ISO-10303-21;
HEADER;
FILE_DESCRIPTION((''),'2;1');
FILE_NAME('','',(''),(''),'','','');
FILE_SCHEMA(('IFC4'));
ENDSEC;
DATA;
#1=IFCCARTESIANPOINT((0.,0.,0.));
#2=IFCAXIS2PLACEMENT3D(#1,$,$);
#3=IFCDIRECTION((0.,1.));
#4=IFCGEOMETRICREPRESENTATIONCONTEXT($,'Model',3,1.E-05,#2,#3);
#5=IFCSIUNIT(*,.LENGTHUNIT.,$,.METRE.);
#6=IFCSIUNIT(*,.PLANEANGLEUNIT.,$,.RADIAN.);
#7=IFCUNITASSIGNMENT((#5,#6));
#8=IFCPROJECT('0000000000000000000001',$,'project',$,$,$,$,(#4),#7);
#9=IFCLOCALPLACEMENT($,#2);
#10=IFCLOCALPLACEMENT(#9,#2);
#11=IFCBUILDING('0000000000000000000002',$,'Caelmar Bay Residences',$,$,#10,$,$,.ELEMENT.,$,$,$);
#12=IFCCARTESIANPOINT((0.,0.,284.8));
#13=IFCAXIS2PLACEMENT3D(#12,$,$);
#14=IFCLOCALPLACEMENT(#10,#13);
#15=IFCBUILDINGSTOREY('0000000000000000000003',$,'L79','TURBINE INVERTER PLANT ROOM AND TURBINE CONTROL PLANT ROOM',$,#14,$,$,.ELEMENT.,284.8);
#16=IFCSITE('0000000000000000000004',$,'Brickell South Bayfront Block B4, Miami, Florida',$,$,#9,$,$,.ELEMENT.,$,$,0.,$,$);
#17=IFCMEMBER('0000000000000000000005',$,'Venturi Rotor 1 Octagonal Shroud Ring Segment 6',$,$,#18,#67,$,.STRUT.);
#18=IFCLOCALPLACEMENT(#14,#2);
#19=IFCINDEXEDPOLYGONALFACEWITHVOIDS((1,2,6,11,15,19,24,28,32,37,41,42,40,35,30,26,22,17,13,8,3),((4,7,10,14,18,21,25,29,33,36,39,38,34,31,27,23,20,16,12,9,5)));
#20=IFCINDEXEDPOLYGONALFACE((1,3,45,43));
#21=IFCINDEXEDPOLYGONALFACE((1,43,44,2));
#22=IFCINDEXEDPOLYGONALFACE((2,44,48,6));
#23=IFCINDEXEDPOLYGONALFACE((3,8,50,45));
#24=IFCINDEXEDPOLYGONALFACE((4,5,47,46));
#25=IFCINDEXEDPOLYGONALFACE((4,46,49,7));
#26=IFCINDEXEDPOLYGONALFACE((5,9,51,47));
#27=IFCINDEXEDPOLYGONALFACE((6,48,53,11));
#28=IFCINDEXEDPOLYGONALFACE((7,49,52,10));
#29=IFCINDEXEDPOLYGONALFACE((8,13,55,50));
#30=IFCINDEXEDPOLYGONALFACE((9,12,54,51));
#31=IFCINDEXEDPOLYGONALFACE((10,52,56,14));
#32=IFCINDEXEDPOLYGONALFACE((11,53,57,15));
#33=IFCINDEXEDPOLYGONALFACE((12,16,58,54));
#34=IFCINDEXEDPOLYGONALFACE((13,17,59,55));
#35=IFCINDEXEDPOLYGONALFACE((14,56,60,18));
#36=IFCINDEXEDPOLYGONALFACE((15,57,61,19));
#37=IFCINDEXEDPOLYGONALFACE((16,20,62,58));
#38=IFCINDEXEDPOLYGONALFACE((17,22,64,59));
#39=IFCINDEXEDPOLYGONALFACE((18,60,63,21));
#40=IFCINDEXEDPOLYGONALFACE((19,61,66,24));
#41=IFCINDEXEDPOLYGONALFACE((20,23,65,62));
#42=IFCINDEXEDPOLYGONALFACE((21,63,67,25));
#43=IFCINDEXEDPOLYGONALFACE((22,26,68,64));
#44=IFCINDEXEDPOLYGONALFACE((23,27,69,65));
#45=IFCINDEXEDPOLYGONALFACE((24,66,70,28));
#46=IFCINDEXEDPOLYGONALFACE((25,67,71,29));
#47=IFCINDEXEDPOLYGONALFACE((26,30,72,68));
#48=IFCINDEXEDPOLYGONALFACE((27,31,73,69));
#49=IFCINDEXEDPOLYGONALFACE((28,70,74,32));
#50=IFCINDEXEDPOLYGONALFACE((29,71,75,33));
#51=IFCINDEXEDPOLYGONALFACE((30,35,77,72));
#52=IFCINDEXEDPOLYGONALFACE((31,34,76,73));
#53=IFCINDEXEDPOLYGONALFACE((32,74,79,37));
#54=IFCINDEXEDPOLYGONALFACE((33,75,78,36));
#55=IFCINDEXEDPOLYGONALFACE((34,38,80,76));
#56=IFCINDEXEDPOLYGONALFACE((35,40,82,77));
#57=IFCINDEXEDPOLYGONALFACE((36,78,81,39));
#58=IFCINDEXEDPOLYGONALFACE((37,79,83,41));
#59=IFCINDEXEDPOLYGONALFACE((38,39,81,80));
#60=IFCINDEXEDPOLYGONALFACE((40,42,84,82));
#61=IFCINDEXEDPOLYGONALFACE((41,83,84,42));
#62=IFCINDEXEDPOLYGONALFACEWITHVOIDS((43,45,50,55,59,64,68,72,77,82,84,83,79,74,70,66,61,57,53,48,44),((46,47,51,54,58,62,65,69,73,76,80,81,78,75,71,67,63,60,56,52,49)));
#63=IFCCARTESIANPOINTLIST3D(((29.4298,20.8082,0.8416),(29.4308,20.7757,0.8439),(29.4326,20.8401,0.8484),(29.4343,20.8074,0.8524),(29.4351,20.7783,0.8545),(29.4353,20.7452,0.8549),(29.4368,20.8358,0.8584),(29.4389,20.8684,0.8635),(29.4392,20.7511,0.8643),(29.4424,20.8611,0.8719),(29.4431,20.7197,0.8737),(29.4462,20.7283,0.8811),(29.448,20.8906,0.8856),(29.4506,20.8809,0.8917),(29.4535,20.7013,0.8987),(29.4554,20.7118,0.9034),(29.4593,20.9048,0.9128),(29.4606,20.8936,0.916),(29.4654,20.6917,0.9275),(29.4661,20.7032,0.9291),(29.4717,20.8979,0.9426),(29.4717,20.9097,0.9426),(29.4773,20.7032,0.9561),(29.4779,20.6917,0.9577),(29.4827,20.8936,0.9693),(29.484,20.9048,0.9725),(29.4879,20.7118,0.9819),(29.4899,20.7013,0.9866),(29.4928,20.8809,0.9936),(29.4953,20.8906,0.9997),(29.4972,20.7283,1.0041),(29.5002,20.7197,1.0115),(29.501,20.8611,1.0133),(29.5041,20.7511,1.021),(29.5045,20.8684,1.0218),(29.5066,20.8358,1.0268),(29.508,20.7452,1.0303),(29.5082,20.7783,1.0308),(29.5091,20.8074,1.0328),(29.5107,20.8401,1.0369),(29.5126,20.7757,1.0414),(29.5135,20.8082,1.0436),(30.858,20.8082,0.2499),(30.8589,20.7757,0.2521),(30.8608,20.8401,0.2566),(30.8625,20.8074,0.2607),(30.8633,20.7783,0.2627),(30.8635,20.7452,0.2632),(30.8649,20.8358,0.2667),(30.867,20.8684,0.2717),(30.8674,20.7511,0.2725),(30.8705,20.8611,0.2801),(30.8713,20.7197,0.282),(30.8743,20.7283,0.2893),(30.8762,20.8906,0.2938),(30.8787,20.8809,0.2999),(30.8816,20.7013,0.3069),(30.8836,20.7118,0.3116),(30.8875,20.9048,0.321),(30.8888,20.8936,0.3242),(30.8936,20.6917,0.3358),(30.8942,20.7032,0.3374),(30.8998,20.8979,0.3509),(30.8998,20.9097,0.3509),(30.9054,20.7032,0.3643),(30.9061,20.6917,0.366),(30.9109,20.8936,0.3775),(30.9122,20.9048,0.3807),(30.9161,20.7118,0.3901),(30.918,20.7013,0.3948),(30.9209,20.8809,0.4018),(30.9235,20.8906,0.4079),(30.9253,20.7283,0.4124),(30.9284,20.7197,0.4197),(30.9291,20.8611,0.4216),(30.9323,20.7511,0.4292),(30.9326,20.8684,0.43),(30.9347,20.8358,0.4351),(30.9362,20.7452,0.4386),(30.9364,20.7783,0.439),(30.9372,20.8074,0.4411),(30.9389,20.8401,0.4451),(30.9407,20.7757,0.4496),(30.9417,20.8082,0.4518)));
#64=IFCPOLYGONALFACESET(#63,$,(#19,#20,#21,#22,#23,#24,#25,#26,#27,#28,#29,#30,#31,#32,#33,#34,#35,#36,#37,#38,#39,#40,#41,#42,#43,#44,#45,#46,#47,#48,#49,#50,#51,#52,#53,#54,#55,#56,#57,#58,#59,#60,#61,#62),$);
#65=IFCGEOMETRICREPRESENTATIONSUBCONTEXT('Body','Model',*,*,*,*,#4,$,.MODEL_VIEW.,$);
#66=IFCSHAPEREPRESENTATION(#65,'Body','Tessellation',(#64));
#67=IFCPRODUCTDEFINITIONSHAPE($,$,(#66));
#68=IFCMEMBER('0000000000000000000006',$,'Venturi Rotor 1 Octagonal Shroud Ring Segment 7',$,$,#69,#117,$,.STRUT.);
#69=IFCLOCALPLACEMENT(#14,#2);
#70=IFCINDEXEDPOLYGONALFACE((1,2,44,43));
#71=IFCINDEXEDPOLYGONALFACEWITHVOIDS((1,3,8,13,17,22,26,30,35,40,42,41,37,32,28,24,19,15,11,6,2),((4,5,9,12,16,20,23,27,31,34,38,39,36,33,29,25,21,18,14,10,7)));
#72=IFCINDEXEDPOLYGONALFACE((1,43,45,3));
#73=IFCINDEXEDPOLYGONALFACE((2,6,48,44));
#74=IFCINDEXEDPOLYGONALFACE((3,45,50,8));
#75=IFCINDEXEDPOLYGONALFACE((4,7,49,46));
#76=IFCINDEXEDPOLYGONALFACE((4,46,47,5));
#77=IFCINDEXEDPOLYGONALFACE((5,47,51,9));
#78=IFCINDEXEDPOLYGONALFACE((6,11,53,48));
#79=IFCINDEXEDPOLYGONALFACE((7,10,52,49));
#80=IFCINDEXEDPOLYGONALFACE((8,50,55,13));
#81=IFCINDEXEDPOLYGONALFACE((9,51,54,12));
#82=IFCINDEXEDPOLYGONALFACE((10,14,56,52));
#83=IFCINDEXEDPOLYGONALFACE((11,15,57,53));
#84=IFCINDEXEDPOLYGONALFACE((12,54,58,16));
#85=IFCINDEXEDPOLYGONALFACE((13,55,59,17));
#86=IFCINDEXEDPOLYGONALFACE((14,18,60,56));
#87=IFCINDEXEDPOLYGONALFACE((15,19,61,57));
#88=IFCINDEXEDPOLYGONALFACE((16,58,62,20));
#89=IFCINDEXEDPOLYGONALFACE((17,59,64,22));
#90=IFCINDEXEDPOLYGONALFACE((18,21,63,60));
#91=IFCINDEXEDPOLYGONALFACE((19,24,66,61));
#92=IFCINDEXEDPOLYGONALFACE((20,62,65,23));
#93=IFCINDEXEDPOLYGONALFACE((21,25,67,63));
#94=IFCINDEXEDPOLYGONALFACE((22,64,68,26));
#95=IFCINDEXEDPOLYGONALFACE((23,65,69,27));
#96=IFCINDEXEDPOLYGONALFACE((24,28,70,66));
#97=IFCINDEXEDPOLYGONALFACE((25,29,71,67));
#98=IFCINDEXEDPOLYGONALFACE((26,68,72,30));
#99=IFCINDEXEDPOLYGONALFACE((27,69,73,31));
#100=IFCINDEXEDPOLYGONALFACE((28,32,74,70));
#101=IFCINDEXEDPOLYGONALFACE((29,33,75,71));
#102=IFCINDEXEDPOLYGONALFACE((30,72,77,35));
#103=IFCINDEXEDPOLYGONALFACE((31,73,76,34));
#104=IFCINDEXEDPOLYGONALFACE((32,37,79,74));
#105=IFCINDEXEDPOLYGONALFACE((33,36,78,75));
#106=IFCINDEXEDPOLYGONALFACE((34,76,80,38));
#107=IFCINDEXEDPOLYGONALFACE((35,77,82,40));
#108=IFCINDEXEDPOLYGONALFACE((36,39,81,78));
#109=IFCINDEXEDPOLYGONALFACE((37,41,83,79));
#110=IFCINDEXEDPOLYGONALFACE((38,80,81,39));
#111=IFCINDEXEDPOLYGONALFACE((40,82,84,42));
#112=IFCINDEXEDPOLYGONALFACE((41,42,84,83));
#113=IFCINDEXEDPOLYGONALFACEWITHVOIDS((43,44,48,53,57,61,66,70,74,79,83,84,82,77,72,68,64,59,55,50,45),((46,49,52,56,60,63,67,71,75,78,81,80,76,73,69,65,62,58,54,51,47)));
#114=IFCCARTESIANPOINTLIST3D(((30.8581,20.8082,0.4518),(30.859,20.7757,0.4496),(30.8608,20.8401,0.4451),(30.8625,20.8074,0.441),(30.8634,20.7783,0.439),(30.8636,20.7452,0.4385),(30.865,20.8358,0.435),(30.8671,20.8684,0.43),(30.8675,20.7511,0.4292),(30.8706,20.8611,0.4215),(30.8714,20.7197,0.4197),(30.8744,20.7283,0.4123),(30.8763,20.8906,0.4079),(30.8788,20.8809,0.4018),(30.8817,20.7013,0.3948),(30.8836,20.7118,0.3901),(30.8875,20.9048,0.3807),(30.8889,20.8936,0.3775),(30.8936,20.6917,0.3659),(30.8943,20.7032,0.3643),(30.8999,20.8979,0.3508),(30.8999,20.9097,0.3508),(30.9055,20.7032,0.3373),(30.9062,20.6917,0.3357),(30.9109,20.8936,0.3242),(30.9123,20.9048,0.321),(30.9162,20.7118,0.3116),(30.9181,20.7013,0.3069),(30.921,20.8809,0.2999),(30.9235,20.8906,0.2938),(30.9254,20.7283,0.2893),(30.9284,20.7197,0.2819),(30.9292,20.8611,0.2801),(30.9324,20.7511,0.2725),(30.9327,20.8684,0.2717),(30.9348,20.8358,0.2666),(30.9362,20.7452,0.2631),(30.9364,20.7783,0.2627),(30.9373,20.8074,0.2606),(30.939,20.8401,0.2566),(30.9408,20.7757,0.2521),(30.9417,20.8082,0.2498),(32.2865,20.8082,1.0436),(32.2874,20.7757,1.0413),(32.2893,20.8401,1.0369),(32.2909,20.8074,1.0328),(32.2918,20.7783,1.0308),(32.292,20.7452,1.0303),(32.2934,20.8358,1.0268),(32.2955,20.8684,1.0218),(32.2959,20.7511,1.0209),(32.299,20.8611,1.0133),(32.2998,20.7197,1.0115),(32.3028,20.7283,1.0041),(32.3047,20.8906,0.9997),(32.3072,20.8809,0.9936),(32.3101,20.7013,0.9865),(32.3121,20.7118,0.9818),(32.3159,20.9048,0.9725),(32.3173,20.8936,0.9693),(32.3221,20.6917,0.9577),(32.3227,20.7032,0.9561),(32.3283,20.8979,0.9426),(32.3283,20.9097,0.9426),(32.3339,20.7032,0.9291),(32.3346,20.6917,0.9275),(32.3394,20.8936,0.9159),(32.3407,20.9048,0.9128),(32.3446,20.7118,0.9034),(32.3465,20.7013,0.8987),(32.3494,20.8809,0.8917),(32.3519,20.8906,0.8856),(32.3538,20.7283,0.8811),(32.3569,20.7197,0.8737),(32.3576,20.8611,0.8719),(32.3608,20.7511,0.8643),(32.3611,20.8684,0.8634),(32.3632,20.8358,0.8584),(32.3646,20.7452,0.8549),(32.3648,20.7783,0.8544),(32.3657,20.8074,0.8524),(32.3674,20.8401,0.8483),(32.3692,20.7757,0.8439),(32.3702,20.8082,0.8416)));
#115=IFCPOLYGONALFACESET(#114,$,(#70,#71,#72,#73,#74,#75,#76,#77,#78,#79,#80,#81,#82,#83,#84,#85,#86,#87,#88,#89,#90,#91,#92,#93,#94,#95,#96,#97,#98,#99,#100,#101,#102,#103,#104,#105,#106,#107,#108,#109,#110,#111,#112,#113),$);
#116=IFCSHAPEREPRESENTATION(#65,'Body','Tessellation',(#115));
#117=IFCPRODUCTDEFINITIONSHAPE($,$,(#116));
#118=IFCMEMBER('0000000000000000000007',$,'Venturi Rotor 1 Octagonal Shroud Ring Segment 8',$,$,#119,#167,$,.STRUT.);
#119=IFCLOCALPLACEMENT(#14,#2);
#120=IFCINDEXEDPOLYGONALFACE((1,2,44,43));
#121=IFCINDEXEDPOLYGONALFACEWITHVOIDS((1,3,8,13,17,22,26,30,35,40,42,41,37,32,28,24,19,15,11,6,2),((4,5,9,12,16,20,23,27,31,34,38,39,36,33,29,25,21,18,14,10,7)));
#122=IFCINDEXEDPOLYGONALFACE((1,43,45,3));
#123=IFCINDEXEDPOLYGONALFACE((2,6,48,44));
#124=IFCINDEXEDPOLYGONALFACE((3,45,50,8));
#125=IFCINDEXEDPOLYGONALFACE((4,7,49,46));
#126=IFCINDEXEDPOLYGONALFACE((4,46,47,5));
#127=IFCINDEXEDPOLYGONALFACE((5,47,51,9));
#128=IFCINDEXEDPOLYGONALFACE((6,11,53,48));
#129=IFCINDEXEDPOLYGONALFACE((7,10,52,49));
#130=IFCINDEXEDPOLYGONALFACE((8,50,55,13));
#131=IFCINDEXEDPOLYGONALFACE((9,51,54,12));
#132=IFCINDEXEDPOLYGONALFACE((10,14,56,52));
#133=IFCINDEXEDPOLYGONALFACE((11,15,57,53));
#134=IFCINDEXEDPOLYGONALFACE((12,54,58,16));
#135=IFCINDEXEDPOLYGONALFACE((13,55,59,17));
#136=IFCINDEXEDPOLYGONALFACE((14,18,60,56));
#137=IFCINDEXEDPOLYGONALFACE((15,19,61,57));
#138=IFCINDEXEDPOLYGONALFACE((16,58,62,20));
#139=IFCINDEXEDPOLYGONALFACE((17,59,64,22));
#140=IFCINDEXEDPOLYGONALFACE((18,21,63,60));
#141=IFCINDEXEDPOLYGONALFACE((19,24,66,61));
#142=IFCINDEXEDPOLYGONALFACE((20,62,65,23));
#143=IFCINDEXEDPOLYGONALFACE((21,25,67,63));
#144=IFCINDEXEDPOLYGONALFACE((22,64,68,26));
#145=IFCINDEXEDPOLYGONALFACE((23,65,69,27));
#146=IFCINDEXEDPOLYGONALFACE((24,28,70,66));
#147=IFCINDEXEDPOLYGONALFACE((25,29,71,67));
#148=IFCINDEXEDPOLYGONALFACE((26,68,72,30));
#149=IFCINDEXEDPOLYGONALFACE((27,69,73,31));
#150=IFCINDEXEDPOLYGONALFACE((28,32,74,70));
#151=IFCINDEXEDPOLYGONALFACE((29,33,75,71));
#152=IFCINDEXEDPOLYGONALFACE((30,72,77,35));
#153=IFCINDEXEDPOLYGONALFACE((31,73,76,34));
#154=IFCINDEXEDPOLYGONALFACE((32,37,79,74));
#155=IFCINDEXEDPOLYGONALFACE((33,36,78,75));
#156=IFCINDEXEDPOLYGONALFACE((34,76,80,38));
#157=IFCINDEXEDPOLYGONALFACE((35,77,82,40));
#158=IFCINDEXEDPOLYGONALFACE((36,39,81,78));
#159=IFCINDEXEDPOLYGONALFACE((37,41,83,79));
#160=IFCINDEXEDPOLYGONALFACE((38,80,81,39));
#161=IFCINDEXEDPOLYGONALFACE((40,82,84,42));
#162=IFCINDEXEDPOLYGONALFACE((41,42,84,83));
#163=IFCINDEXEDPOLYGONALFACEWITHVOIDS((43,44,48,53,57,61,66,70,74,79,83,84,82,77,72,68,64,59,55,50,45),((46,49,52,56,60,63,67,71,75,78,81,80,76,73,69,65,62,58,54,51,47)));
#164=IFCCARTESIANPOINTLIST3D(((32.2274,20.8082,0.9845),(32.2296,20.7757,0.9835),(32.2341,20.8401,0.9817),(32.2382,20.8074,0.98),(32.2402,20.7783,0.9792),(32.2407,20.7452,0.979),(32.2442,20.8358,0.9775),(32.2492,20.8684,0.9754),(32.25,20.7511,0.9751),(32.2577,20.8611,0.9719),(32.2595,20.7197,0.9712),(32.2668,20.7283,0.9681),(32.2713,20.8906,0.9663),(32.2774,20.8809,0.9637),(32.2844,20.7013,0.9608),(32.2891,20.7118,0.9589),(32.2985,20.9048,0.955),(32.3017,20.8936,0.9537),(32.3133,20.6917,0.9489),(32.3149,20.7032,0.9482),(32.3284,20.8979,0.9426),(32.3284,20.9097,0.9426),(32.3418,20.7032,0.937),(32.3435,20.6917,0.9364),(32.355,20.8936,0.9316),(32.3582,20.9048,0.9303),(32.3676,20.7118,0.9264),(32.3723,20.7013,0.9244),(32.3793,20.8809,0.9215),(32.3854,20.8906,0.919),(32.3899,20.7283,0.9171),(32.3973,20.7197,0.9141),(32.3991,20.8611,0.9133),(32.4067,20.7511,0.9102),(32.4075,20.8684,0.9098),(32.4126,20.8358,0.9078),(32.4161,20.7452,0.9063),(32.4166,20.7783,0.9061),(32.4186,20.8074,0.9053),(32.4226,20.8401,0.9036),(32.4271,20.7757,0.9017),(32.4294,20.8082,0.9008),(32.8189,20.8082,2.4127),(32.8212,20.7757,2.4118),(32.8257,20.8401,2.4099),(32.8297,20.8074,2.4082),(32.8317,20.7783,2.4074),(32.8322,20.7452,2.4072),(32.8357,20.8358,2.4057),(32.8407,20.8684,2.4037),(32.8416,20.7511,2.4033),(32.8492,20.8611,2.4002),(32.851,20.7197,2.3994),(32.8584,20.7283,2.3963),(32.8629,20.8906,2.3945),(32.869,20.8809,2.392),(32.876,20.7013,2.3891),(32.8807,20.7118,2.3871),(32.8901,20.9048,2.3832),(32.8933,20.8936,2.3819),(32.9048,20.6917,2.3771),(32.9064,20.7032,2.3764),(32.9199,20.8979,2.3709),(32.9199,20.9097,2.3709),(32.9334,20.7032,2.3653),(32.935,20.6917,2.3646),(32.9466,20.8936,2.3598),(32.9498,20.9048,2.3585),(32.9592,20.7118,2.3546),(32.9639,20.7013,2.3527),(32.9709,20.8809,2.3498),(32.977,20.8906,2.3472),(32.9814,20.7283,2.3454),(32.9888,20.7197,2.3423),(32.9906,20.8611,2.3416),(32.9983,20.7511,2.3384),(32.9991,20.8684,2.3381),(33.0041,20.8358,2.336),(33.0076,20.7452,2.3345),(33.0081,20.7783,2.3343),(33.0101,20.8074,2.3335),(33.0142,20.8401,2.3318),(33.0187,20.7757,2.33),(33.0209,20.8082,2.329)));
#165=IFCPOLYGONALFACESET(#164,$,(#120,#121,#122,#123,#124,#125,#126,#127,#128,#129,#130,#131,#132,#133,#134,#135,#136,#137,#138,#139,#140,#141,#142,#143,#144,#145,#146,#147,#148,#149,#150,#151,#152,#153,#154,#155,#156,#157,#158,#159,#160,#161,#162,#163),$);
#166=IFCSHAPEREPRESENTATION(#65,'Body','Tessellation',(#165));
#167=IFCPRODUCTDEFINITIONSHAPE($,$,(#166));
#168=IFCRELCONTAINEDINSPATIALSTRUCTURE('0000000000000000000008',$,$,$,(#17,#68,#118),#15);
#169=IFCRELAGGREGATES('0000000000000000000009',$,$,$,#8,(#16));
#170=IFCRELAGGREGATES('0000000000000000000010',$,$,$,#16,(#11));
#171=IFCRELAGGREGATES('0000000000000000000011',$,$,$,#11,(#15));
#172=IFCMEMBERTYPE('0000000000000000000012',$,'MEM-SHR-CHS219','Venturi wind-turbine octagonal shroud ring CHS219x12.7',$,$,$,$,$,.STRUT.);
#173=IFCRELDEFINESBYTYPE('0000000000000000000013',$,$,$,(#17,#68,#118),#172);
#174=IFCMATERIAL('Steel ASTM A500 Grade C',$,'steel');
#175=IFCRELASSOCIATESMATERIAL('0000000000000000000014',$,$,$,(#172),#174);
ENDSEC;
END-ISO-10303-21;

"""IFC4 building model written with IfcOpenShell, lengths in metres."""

from ifc_helpers import new_model, si_unit, direction, frame, origin, origin_2d, place, context, subcontext, project, spatial, hollow_circle, extrude, material, material_profile, profile_set, type_object, element, save


model = new_model("IFC4")

# Units and contexts
model_context = context("Model", 3, precision=1e-05, world=origin(), true_north=direction((0.0, 1.0)))
body_context = subcontext(model_context, "Body", "Model", "MODEL_VIEW")
ifc_project = project(units=[si_unit("LENGTHUNIT", "METRE"), si_unit("PLANEANGLEUNIT", "RADIAN")], contexts=[model_context])

# Site, building, storey
site_placement = place(None, origin())
site = spatial("IfcSite", under=ifc_project, at=site_placement, Name="Brickell South Bayfront Block B4, Miami, Florida", CompositionType="ELEMENT", RefElevation=0.0)
building_placement = place(site_placement, origin())
building = spatial("IfcBuilding", under=site, at=building_placement, Name="Caelmar Bay Residences", CompositionType="ELEMENT")
storey_placement = place(building_placement, frame((0.0, 0.0, 284.8)))
storey = spatial("IfcBuildingStorey", under=building, at=storey_placement, Name="L79", Description="TURBINE INVERTER PLANT ROOM AND TURBINE CONTROL PLANT ROOM", CompositionType="ELEMENT", Elevation=284.8)

# Members
ifc_material_1 = material(Name="Steel ASTM A500 Grade C", Category="steel")
ifc_material_profile_1 = material_profile(ifc_material_1, hollow_circle(Radius=0.1096, WallThickness=0.0117, at=origin_2d()), Name="CHS219X12.7")
ifc_profile_set_1 = profile_set([ifc_material_profile_1], Name="Steel ASTM A500 Grade C")
member_type_1 = type_object("IfcMemberType", Name="MEM-SHR-CHS219", Description="Venturi wind-turbine octagonal shroud ring CHS219x12.7", PredefinedType="STRUT", material=ifc_profile_set_1)
for number, where, z_axis, x_axis, name in (
    (1, (29.4717, 20.8, 0.9426), (0.923832, 0.0, -0.382798), (0.0, 1.0, 0.0), "Venturi Rotor 1 Octagonal Shroud Ring Segment 6"),
):
    element("IfcMember", number, at=place(storey_placement, frame(where, z_axis=z_axis, x_axis=x_axis)), inside=storey, type_object=member_type_1, Name=name, PredefinedType="STRUT", context=body_context, shape_type="SweptSolid", body=[
        extrude(hollow_circle(Radius=0.1096, WallThickness=0.0117, at=origin_2d()), origin(), (0.0, 0.0, 1.0), 1.5459),
    ])
member_1_placement = place(storey_placement, frame((30.8999, 20.8, 0.3508), z_axis=(0.923855, 0.0, 0.382742), x_axis=(0.0, 1.0, 0.0)))
element("IfcMember", 2, at=member_1_placement, inside=storey, type_object=member_type_1, Name="Venturi Rotor 1 Octagonal Shroud Ring Segment 7", PredefinedType="STRUT", context=body_context, shape_type="SweptSolid", body=[
    extrude(hollow_circle(Radius=0.1096, WallThickness=0.0117, at=origin_2d()), origin(), (0.0, 0.0, 1.0), 1.5461),
])
member_2_placement = place(storey_placement, frame((32.3284, 20.8, 0.9426), z_axis=(0.382663, 0.0, 0.923888), x_axis=(0.0, 1.0, 0.0)))
element("IfcMember", 3, at=member_2_placement, inside=storey, type_object=member_type_1, Name="Venturi Rotor 1 Octagonal Shroud Ring Segment 8", PredefinedType="STRUT", context=body_context, shape_type="SweptSolid", body=[
    extrude(hollow_circle(Radius=0.1096, WallThickness=0.0117, at=origin_2d()), origin(), (0.0, 0.0, 1.0), 1.5459),
])

save(model, "model.ifc")
